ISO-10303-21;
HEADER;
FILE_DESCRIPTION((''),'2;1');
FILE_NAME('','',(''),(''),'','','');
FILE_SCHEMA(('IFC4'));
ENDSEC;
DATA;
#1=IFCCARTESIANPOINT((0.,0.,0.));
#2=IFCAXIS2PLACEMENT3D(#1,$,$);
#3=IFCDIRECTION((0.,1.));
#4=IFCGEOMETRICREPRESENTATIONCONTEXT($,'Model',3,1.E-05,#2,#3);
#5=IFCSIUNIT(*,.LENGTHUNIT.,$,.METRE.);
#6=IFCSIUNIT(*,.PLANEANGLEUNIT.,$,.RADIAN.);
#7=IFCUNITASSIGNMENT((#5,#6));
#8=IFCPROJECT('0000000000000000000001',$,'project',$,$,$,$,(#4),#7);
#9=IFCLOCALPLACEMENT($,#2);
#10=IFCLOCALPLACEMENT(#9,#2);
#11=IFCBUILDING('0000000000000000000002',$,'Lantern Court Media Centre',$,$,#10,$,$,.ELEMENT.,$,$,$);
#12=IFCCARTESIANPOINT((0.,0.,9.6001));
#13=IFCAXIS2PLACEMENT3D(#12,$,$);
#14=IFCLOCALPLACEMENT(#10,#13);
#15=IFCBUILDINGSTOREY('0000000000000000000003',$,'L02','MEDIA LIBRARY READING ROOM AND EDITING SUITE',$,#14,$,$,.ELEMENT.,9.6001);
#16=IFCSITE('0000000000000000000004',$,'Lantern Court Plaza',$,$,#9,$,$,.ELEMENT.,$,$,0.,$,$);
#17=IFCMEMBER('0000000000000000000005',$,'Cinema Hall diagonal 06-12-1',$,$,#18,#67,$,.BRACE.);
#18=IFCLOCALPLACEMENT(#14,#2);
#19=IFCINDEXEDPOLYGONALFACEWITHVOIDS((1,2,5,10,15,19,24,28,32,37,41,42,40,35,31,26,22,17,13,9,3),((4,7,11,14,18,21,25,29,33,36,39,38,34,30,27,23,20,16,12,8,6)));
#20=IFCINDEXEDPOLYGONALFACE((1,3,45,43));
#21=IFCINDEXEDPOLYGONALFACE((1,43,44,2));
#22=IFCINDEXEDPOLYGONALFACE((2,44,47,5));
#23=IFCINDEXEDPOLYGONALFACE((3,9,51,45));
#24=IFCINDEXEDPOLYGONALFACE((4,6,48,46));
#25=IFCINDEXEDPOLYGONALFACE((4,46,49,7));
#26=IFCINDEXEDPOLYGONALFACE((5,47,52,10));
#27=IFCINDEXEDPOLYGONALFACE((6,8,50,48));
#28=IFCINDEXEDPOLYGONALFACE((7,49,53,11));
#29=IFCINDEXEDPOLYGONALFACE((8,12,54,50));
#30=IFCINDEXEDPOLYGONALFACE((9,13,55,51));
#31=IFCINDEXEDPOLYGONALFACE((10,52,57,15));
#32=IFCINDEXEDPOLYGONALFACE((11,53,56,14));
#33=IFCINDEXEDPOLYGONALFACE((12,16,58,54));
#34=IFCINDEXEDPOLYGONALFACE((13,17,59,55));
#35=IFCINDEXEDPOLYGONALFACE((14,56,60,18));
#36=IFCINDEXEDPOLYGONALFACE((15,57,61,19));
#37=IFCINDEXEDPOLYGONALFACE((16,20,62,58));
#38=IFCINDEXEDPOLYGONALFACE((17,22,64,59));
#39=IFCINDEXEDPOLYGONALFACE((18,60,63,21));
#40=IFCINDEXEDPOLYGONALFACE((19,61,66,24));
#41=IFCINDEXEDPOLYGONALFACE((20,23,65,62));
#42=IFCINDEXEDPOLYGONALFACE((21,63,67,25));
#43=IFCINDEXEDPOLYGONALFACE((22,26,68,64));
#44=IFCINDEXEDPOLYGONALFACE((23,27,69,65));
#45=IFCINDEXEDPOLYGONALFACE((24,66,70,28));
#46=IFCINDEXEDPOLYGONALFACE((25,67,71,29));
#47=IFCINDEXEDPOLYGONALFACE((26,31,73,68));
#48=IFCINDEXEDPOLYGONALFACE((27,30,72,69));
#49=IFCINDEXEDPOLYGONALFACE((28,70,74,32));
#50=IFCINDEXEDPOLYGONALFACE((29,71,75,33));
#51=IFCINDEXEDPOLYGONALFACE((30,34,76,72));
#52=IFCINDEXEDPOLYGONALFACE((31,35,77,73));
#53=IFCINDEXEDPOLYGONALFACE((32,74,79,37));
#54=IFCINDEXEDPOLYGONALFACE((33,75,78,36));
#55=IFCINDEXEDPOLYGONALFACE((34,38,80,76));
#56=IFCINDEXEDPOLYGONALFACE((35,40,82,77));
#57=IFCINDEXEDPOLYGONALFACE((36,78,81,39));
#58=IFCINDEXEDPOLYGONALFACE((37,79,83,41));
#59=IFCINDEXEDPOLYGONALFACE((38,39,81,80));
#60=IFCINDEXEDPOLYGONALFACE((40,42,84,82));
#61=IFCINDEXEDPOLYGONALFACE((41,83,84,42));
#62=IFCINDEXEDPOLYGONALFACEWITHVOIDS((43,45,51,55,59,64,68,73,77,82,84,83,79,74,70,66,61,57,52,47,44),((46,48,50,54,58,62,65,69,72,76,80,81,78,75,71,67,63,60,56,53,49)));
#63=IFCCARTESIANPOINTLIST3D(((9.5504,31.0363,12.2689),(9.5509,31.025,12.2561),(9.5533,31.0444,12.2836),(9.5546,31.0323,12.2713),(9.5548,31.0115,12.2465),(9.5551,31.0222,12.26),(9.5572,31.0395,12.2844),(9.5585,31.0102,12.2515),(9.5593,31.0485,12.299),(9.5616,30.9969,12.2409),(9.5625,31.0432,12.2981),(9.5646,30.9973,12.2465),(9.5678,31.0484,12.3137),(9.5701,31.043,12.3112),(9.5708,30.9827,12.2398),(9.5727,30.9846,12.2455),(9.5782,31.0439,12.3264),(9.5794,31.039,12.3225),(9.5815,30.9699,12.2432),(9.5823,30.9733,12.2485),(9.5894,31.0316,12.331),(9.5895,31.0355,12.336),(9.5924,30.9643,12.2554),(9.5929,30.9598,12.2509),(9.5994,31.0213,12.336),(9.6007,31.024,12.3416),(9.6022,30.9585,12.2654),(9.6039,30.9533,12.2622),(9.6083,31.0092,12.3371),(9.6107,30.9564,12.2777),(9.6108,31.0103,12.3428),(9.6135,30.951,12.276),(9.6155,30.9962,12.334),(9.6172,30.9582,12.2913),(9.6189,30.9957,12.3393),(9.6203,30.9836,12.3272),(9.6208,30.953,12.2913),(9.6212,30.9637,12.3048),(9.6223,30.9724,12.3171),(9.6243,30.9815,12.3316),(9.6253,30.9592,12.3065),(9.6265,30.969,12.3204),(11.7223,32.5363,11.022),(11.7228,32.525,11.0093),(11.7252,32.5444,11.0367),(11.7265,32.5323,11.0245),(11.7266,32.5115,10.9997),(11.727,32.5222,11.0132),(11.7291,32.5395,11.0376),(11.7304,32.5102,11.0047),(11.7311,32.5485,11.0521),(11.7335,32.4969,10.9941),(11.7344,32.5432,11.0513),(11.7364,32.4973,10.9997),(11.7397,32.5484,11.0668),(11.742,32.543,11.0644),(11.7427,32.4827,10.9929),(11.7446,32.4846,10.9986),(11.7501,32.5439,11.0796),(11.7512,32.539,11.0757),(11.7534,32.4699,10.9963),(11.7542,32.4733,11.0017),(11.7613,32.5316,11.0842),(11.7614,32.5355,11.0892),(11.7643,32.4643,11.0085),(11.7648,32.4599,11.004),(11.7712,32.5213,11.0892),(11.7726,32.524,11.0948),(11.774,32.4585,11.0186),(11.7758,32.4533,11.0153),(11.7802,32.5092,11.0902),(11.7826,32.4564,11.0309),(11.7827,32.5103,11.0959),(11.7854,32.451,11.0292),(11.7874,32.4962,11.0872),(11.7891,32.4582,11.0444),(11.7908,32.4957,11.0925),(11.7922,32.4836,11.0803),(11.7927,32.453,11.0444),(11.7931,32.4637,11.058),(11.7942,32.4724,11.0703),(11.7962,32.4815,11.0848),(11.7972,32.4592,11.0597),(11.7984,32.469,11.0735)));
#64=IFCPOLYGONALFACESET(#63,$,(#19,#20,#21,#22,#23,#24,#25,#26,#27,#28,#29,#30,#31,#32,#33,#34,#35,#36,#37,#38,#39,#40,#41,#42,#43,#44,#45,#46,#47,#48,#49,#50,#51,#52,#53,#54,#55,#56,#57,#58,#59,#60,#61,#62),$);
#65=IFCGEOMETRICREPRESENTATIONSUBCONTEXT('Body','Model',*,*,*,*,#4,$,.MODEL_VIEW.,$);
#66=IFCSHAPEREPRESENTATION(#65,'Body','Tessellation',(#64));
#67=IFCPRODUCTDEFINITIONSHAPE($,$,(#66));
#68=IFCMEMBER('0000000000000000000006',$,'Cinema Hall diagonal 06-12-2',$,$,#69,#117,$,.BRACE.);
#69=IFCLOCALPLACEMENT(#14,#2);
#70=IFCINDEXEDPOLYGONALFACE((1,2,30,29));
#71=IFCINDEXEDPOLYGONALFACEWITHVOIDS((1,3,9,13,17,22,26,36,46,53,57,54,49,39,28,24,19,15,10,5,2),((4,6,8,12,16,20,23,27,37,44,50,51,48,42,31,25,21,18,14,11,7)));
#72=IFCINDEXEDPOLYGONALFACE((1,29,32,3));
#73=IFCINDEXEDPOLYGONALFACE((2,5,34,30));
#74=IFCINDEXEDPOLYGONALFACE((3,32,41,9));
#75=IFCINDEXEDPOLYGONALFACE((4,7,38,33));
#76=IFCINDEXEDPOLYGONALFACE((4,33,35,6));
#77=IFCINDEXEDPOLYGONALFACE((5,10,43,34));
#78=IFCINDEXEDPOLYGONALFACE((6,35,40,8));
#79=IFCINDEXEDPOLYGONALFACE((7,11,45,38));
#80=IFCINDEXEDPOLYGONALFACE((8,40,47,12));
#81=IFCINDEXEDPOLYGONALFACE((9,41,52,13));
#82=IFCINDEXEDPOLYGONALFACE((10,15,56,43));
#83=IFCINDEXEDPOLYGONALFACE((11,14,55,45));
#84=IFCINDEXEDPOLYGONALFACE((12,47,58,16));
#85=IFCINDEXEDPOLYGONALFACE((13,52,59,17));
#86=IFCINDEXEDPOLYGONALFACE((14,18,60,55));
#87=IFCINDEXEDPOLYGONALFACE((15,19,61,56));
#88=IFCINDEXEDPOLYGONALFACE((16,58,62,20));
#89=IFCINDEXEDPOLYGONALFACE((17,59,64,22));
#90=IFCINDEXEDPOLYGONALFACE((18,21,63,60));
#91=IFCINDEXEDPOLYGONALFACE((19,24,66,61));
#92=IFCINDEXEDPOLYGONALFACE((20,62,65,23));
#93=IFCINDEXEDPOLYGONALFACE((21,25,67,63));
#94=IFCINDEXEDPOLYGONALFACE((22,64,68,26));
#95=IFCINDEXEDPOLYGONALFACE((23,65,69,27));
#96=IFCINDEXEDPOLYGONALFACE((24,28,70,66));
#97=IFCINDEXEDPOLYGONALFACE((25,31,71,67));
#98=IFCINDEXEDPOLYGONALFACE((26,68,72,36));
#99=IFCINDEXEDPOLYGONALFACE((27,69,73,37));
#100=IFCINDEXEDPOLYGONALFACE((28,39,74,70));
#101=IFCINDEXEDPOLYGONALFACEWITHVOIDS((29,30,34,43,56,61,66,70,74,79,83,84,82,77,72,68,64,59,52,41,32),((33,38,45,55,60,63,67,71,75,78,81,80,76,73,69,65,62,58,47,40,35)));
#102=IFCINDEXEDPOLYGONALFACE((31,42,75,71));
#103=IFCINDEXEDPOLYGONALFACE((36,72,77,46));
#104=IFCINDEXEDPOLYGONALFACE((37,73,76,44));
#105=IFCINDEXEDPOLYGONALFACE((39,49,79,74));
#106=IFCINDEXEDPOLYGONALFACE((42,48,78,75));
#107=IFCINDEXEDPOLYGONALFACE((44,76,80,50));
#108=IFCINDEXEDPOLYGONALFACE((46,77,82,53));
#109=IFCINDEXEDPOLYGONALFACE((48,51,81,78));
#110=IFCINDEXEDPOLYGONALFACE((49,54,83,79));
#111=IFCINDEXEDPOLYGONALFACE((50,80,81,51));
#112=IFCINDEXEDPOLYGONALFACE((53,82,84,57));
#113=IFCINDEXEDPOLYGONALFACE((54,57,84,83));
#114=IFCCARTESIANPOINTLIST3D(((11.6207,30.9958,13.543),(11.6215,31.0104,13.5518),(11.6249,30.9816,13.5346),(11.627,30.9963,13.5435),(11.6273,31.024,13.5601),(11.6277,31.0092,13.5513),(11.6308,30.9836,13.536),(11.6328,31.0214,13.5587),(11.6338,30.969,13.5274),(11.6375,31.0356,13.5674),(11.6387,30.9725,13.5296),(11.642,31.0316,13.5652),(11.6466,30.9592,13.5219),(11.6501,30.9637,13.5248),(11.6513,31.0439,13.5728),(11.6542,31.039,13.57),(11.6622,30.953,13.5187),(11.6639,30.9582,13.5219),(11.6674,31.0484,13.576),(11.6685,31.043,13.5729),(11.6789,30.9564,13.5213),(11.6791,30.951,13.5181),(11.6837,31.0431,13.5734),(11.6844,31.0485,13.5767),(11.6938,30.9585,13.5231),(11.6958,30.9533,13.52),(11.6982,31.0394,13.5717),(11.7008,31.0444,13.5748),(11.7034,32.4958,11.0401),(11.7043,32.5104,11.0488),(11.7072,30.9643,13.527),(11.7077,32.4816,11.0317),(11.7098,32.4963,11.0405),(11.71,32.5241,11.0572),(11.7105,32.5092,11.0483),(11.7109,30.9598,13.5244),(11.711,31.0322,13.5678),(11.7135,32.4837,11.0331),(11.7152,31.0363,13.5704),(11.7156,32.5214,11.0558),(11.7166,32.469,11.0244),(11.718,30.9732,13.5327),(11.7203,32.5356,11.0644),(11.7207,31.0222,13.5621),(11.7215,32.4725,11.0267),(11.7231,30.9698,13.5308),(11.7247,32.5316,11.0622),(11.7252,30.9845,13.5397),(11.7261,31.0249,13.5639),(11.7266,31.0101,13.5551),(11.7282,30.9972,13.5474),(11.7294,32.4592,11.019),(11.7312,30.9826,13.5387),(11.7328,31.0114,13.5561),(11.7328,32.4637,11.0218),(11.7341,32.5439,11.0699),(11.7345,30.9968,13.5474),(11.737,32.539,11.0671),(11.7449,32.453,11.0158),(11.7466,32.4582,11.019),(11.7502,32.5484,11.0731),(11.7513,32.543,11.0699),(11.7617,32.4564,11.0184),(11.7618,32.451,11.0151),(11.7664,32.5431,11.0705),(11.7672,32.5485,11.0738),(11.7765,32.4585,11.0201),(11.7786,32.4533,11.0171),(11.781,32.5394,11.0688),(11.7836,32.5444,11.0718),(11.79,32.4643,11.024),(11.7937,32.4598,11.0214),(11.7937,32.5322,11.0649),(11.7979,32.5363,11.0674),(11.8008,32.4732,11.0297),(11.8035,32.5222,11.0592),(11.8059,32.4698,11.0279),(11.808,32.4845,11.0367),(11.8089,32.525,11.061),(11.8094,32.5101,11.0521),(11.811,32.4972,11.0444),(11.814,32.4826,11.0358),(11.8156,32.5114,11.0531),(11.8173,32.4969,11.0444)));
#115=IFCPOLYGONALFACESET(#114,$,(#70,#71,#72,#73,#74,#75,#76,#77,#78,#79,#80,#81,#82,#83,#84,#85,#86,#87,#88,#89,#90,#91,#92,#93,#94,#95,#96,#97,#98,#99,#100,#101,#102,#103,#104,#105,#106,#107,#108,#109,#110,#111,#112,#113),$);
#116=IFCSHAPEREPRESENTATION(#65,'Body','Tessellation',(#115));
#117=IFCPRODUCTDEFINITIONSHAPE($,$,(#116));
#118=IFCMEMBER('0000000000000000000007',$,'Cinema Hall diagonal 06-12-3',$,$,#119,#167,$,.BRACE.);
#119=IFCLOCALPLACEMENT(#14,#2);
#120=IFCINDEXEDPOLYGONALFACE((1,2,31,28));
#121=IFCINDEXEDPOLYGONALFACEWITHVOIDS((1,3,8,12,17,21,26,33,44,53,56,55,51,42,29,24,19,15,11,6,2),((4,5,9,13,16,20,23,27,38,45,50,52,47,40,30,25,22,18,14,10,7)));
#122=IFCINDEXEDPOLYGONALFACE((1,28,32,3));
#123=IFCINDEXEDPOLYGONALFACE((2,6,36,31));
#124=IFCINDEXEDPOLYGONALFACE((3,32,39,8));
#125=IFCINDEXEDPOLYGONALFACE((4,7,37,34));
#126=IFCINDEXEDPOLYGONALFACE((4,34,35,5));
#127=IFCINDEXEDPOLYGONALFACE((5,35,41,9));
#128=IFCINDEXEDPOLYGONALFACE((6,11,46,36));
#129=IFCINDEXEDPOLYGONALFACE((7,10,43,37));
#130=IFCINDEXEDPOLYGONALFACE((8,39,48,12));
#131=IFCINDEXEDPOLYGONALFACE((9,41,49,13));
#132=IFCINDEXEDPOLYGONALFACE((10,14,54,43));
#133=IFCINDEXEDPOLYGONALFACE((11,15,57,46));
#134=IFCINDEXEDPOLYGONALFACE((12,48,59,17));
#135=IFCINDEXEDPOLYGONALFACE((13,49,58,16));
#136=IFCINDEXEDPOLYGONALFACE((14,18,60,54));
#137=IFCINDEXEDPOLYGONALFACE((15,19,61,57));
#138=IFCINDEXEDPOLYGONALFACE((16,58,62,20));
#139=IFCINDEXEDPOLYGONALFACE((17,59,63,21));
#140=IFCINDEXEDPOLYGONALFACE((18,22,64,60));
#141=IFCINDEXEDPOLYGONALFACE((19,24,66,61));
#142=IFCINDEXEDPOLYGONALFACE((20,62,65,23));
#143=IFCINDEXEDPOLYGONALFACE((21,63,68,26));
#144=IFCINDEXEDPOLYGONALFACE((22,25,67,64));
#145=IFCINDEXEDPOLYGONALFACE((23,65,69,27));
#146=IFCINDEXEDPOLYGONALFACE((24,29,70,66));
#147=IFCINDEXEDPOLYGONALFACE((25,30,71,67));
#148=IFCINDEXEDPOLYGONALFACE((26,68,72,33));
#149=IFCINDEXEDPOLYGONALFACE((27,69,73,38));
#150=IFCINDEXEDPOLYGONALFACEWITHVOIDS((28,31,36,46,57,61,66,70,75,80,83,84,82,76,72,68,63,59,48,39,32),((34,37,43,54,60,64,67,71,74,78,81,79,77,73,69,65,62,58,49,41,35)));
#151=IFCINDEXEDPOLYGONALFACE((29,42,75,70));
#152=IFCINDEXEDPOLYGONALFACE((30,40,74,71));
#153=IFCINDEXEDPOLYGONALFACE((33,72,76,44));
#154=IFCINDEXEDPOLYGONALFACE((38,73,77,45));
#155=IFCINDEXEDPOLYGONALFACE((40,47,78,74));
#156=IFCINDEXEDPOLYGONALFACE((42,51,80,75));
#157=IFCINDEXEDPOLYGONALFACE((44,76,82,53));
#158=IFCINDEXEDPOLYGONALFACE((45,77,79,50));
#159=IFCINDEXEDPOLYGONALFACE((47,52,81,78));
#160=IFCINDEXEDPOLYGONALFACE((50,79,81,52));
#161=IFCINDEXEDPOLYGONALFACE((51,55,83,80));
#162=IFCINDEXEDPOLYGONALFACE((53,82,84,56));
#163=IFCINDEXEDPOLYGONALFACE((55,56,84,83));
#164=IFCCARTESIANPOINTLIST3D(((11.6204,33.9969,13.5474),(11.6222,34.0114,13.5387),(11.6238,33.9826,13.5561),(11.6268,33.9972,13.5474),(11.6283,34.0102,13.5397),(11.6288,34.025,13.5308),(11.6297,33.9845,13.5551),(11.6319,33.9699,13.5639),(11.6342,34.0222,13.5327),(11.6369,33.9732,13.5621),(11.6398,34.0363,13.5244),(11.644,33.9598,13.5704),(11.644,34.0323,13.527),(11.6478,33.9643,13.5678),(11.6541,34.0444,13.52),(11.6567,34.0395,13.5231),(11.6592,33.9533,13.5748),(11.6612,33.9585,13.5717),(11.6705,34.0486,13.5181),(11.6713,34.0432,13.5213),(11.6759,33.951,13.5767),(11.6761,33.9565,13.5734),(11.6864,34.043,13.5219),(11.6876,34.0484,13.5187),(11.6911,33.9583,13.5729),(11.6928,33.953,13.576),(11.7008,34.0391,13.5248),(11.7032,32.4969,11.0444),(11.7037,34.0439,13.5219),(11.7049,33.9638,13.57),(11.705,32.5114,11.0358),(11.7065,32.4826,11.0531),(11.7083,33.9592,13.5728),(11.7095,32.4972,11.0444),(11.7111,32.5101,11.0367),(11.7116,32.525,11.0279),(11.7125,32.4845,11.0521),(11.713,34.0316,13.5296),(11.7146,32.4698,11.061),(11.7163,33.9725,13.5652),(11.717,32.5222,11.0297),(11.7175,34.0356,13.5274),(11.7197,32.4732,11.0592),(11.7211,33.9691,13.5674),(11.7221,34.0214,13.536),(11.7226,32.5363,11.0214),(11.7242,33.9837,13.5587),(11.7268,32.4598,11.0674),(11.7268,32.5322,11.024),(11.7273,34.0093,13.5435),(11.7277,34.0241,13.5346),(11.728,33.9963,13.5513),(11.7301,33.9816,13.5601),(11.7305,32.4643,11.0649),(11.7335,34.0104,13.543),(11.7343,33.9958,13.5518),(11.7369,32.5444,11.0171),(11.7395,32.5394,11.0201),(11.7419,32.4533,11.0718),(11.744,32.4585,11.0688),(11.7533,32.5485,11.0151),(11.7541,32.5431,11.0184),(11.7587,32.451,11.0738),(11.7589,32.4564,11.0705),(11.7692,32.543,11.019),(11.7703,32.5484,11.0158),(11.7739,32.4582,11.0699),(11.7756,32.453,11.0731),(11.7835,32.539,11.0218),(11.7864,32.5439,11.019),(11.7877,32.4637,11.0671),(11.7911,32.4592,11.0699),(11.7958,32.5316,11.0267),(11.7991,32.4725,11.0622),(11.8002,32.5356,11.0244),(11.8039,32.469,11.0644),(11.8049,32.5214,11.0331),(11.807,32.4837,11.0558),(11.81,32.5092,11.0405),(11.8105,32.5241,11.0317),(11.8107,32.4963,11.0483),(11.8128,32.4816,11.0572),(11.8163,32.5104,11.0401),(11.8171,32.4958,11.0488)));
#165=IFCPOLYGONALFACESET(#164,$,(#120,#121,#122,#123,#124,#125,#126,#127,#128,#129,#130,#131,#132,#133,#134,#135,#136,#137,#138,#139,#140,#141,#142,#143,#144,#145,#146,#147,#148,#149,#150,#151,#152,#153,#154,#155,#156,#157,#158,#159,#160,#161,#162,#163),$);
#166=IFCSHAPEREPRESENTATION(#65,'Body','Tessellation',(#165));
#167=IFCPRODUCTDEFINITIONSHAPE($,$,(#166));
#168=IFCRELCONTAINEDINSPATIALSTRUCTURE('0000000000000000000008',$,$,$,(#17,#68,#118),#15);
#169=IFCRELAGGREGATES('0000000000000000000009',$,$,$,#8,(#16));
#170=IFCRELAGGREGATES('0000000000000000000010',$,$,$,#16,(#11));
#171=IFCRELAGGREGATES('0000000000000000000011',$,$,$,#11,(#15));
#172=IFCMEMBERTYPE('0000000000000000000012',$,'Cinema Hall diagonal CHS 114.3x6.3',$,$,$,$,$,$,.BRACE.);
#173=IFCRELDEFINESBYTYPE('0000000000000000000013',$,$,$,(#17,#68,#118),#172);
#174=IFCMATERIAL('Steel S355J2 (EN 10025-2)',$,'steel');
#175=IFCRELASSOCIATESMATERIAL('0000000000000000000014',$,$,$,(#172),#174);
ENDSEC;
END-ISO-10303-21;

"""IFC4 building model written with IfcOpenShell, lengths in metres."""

from ifc_helpers import new_model, si_unit, direction, frame, origin, origin_2d, place, context, subcontext, project, spatial, hollow_circle, extrude, material, material_profile, profile_set, type_object, element, save


model = new_model("IFC4")

# Units and contexts
model_context = context("Model", 3, precision=1e-05, world=origin(), true_north=direction((0.0, 1.0)))
body_context = subcontext(model_context, "Body", "Model", "MODEL_VIEW")
ifc_project = project(units=[si_unit("LENGTHUNIT", "METRE"), si_unit("PLANEANGLEUNIT", "RADIAN")], contexts=[model_context])

# Site, building, storey
site_placement = place(None, origin())
site = spatial("IfcSite", under=ifc_project, at=site_placement, Name="Lantern Court Plaza", CompositionType="ELEMENT", RefElevation=0.0)
building_placement = place(site_placement, origin())
building = spatial("IfcBuilding", under=site, at=building_placement, Name="Lantern Court Media Centre", CompositionType="ELEMENT")
storey_placement = place(building_placement, frame((0.0, 0.0, 9.6001)))
storey = spatial("IfcBuildingStorey", under=building, at=storey_placement, Name="L02", Description="MEDIA LIBRARY READING ROOM AND EDITING SUITE", CompositionType="ELEMENT", Elevation=9.6001)

# Members
ifc_material = material(Name="Steel S355J2 (EN 10025-2)", Category="steel")
ifc_material_profile_1 = material_profile(ifc_material, hollow_circle(Radius=0.0571, WallThickness=0.0063, at=origin_2d()), Name="Cinema Hall diagonal CHS 114.3x6.3")
ifc_profile_set_1 = profile_set([ifc_material_profile_1], Name="Steel S355J2 (EN 10025-2)")
member_type_1 = type_object("IfcMemberType", Name="Cinema Hall diagonal CHS 114.3x6.3", PredefinedType="BRACE", material=ifc_profile_set_1)
for number, where, z_axis, x_axis, name in (
    (1, (11.7603, 32.5, 11.0444), (-0.744002, -0.513843, 0.427115), (0.568286, -0.822831, 0.0), "Cinema Hall diagonal 06-12-1"),
    (2, (11.7603, 32.5, 11.0444), (-0.028352, -0.513846, 0.857414), (0.998481, -0.055092, 0.0), "Cinema Hall diagonal 06-12-2"),
    (3, (11.7603, 32.5, 11.0444), (-0.028352, 0.513846, 0.857414), (-0.998481, -0.055092, 0.0), "Cinema Hall diagonal 06-12-3"),
):
    element("IfcMember", number, at=place(storey_placement, frame(where, z_axis=z_axis, x_axis=x_axis)), inside=storey, type_object=member_type_1, Name=name, PredefinedType="BRACE", context=body_context, shape_type="SweptSolid", body=[
        extrude(hollow_circle(Radius=0.0571, WallThickness=0.0063, at=origin_2d()), origin(), (0.0, 0.0, 1.0), 2.9192),
    ])

save(model, "model.ifc")
